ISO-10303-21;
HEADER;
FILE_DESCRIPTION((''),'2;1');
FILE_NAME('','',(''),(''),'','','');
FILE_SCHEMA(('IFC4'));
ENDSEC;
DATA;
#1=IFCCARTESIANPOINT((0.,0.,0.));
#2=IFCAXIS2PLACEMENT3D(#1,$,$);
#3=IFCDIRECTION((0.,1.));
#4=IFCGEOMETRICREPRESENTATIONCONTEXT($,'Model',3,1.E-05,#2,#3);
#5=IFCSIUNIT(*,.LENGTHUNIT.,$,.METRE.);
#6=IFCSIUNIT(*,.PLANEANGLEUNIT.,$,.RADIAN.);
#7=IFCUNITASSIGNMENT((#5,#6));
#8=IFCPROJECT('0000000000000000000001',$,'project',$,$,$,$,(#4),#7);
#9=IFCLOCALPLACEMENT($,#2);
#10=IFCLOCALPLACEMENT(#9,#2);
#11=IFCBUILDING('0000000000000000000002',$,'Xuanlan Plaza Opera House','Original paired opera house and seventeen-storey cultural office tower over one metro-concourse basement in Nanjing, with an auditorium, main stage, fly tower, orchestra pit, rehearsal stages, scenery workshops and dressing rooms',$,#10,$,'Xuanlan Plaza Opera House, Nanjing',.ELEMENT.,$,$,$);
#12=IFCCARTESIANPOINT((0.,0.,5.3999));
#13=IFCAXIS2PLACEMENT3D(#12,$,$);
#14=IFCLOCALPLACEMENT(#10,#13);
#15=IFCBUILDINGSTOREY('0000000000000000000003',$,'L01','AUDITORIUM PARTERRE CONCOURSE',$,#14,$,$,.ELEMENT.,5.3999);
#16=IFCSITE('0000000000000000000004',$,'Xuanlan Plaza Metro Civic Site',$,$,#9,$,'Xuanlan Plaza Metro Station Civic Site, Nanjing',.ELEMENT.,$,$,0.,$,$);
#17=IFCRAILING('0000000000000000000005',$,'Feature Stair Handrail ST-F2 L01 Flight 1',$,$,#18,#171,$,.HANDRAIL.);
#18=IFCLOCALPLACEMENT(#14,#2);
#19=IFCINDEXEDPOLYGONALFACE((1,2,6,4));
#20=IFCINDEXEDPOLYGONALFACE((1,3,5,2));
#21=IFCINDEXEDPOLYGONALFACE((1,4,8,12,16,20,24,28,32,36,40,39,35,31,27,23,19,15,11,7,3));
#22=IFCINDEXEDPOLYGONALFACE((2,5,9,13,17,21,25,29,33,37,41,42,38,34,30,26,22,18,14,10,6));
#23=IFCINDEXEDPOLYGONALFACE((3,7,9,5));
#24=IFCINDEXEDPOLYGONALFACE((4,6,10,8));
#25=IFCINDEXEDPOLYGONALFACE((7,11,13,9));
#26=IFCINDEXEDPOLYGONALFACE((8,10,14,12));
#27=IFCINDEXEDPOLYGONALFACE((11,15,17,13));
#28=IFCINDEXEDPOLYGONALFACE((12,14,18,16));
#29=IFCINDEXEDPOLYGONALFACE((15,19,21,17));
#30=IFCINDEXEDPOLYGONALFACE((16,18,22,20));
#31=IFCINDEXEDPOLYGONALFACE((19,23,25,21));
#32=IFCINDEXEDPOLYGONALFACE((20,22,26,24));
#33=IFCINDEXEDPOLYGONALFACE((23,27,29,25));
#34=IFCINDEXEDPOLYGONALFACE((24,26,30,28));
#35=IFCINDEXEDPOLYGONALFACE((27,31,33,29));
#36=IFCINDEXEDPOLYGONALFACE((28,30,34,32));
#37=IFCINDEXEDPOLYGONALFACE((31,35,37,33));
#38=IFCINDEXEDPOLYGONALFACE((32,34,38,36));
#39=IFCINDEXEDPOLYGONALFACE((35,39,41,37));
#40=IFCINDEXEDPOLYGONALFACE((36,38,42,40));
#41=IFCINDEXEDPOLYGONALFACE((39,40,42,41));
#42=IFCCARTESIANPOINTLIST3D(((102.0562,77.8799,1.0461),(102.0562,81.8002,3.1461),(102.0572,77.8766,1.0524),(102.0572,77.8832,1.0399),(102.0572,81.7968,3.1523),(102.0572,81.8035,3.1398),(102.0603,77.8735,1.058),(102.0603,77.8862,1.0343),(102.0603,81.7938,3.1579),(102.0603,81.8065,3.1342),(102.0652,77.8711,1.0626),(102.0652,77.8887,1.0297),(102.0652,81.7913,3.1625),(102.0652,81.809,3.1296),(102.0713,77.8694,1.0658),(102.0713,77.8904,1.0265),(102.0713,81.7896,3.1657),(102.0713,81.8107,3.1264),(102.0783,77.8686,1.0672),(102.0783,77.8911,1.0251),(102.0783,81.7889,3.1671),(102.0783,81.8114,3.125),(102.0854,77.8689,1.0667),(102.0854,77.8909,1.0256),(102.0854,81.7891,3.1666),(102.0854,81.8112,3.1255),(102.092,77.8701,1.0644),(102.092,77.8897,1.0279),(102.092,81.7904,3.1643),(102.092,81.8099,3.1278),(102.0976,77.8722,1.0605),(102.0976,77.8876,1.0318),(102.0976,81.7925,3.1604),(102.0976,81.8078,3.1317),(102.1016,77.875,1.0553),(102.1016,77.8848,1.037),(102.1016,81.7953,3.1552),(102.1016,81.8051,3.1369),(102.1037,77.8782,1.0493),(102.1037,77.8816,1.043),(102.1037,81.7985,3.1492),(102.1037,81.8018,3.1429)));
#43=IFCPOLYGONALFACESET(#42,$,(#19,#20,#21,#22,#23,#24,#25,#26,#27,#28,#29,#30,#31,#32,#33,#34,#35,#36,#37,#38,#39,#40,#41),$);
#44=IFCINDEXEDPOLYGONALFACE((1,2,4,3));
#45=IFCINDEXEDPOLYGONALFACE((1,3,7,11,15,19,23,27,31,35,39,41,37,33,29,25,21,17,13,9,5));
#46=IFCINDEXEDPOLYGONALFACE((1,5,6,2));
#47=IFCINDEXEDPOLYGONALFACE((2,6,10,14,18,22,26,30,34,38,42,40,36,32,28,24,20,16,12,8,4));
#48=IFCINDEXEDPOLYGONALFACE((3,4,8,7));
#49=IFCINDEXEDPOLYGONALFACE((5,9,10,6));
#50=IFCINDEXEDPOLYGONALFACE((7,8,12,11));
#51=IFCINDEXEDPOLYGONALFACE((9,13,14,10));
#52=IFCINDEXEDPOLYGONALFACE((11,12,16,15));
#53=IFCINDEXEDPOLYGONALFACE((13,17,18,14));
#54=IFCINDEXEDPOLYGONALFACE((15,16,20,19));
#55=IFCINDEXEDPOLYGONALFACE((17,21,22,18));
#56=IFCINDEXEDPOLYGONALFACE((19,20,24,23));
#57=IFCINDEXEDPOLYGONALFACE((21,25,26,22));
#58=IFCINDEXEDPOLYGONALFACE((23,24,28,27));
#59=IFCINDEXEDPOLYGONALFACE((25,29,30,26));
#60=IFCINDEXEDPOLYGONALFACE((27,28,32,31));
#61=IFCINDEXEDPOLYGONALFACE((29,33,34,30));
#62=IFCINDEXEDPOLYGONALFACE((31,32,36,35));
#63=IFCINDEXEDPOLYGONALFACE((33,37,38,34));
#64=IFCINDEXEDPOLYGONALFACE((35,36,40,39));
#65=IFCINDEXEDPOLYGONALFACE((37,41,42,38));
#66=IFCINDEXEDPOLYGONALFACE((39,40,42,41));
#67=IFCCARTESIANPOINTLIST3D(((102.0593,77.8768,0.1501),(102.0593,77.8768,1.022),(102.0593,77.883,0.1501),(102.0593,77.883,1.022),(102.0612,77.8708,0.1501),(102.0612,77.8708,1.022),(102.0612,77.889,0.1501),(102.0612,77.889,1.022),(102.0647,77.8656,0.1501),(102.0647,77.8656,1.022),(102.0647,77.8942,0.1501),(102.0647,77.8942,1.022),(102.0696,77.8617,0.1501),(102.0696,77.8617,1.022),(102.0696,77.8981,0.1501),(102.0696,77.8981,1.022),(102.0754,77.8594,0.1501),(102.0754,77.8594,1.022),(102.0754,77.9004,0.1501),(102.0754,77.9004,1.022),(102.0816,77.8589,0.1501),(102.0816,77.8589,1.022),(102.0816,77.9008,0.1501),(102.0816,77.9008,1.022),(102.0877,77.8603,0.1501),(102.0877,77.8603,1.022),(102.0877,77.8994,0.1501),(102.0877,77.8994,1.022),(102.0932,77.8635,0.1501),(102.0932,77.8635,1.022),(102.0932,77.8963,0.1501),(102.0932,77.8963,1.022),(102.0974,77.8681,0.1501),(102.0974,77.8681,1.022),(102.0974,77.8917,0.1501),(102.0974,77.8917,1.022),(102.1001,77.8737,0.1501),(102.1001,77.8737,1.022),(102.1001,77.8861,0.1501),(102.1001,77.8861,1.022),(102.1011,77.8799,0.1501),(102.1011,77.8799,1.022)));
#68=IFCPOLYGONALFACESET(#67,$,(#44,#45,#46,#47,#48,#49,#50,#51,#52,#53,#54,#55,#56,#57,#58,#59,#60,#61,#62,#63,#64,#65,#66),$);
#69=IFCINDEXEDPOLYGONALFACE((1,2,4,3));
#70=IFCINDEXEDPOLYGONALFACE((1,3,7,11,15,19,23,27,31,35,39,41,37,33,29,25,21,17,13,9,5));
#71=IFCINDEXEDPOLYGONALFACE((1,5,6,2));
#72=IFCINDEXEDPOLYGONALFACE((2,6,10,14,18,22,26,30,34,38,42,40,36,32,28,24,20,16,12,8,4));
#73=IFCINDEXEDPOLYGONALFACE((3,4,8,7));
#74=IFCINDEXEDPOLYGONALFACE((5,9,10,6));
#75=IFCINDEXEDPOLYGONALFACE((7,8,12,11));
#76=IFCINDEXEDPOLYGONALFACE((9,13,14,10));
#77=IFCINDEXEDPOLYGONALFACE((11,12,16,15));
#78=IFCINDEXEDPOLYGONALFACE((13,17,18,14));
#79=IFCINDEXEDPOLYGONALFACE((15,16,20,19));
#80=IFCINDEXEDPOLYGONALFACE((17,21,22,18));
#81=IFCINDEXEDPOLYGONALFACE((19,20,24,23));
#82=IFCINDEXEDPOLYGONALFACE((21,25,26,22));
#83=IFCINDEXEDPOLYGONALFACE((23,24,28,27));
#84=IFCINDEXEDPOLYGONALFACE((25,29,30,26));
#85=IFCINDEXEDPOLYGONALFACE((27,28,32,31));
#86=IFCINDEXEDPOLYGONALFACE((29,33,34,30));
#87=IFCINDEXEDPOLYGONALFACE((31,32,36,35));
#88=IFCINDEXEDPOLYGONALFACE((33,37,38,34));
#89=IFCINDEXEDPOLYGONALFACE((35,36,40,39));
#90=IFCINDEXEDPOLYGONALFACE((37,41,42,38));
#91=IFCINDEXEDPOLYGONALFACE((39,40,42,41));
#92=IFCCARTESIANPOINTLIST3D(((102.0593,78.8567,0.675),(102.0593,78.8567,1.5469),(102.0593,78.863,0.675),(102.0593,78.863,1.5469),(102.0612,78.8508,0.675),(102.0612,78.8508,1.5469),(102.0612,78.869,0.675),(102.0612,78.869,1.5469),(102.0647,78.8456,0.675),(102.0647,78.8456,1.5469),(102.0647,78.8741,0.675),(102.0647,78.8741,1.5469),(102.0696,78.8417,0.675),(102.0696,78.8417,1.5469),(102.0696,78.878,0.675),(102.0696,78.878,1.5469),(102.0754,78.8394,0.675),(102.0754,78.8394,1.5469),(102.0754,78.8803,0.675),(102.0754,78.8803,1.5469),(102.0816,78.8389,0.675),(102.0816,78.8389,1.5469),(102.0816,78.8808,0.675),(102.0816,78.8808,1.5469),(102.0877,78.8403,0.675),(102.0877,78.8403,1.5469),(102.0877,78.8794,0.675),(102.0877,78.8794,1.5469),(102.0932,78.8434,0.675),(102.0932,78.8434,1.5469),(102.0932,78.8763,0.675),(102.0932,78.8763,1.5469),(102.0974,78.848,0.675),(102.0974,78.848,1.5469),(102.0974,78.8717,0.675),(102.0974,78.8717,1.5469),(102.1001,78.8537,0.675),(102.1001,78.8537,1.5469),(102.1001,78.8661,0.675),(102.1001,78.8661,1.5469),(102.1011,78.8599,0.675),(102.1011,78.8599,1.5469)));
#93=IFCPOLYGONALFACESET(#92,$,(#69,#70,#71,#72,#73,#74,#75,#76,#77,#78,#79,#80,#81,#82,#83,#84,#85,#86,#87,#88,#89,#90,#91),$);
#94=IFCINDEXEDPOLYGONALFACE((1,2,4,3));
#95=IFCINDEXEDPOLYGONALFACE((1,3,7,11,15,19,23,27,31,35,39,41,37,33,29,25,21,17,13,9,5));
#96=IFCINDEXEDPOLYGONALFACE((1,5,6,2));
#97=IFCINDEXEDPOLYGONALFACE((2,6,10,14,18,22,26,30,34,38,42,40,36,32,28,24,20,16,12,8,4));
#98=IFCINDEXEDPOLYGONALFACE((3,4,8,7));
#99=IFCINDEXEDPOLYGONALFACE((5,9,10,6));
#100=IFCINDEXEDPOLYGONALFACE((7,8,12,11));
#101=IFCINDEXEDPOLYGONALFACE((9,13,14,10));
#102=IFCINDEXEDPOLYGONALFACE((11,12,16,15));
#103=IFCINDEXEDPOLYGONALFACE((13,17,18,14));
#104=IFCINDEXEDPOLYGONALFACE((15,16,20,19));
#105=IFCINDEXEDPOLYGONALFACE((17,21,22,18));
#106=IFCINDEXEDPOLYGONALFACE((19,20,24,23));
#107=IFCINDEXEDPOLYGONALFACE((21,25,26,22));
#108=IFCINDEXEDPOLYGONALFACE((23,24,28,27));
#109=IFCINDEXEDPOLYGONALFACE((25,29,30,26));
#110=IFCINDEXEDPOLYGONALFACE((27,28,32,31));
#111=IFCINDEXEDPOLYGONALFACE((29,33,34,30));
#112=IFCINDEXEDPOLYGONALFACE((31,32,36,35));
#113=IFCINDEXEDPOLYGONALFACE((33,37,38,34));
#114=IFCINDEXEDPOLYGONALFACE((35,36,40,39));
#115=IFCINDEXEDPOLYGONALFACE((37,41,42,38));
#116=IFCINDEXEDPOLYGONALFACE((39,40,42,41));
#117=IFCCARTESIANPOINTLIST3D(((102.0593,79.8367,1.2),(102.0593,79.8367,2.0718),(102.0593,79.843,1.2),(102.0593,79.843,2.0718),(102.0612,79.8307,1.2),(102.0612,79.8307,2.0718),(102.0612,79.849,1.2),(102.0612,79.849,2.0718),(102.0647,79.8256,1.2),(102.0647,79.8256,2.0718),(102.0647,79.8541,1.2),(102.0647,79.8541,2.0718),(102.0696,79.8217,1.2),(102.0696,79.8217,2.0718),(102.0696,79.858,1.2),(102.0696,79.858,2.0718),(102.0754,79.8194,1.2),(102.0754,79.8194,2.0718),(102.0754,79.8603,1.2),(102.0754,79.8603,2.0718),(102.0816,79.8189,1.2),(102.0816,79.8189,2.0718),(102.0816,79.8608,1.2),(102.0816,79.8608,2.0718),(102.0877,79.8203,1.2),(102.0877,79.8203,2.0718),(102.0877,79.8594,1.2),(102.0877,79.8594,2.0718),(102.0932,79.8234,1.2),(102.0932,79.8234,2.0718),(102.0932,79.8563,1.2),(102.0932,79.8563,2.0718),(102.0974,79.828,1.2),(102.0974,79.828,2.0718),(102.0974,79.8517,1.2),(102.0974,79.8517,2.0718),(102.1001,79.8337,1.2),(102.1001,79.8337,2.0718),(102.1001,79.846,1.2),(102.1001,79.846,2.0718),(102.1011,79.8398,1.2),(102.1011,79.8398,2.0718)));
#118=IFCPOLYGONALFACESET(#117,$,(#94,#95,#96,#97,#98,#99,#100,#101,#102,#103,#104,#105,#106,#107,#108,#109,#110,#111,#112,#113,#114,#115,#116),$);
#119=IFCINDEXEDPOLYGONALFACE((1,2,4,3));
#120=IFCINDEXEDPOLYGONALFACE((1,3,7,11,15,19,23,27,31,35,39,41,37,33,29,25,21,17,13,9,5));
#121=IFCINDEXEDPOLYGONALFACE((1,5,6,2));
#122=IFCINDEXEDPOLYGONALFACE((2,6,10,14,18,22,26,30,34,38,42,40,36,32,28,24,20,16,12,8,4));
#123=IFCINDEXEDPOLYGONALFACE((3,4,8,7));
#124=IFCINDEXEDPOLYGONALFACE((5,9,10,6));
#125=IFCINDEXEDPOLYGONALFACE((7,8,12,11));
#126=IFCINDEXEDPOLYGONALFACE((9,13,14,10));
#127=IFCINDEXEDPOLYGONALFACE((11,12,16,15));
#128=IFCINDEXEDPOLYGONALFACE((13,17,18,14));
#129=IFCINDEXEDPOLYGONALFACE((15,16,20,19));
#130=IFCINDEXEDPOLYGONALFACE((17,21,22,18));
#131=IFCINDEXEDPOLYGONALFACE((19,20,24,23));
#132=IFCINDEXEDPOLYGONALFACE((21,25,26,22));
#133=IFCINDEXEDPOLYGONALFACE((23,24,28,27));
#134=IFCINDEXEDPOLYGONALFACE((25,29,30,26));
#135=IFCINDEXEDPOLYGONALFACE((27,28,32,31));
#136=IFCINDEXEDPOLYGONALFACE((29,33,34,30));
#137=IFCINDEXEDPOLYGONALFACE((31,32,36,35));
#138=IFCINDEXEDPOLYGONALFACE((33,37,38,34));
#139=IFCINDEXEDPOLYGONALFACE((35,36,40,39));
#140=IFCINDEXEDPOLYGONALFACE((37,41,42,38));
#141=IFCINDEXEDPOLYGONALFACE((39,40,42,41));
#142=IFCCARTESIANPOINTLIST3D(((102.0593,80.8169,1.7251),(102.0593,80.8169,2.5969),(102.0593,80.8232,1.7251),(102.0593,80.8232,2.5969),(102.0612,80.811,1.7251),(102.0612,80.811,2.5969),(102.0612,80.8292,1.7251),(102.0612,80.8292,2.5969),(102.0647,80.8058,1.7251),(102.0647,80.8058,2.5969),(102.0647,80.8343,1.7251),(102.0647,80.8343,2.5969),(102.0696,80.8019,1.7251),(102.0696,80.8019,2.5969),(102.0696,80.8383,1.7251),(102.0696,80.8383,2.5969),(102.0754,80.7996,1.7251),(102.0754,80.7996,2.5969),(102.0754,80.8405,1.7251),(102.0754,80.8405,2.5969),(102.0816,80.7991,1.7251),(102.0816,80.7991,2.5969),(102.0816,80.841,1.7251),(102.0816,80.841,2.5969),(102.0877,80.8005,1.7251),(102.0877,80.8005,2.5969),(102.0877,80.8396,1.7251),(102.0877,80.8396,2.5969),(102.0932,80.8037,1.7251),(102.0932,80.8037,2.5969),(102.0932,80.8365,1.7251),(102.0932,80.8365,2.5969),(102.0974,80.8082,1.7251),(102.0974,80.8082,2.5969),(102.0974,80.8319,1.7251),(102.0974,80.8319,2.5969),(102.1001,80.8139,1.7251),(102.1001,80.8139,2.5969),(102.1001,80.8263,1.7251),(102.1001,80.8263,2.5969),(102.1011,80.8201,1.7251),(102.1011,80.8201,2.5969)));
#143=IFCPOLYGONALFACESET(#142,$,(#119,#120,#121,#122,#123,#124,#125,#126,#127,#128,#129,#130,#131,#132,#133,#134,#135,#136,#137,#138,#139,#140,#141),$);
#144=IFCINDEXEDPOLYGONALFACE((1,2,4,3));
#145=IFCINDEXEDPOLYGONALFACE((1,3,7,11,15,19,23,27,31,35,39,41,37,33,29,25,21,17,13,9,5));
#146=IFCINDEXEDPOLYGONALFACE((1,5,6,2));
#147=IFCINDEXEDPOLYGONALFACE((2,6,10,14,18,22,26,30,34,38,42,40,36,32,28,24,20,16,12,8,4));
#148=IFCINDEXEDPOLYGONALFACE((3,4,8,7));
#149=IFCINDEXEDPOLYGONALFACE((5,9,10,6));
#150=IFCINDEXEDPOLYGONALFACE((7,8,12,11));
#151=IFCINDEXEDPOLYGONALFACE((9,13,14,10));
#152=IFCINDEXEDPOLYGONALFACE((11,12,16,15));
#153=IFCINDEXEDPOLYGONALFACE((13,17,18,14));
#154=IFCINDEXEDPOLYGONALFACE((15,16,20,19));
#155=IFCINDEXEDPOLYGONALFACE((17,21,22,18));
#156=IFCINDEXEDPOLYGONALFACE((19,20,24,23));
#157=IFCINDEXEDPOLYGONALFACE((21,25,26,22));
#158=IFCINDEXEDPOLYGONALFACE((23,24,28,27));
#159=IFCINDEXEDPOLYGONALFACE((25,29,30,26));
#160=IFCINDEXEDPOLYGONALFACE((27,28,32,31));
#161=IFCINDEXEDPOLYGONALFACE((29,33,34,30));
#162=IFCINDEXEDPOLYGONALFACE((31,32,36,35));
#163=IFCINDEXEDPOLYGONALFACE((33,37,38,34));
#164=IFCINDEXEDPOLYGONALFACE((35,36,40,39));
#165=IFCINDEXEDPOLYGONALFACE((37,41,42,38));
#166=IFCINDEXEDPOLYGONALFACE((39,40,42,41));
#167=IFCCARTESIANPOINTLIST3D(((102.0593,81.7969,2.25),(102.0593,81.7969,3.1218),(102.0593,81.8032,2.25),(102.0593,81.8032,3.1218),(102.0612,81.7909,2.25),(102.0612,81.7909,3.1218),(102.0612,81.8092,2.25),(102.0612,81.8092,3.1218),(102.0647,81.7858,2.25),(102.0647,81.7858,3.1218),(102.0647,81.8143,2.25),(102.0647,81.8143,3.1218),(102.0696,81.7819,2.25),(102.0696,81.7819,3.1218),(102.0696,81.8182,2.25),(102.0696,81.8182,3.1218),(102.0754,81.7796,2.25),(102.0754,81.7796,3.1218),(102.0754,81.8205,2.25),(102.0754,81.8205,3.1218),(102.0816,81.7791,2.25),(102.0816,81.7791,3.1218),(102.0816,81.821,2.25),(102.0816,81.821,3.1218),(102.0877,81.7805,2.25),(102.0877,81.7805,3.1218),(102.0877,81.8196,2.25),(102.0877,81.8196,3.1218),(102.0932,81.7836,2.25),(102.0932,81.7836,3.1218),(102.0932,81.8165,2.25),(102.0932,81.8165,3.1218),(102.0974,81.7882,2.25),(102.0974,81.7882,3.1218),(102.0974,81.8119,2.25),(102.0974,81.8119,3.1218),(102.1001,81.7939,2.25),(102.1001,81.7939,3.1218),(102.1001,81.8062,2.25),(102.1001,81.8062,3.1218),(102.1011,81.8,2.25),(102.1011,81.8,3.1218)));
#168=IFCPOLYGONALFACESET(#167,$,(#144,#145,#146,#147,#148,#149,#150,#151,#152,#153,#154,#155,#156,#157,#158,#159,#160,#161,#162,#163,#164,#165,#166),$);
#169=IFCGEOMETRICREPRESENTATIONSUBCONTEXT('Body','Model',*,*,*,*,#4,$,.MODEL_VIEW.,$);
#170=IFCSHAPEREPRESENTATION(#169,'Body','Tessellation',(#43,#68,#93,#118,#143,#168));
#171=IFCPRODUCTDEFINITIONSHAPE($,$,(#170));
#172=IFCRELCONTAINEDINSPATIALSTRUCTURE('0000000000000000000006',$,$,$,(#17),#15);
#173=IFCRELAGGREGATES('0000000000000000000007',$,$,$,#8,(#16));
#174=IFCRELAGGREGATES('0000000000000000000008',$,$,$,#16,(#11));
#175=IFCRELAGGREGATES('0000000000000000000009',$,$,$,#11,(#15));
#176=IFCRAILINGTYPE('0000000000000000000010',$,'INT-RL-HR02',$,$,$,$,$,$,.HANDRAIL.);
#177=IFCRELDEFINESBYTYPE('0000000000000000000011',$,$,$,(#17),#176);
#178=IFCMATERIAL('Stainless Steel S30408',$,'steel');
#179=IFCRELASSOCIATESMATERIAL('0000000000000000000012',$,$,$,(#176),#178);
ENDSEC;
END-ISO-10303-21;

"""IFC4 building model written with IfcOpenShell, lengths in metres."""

from ifc_helpers import new_model, si_unit, direction, frame, origin, origin_2d, place, context, subcontext, project, spatial, circle, extrude, material, type_object, element, save


model = new_model("IFC4")

# Units and contexts
model_context = context("Model", 3, precision=1e-05, world=origin(), true_north=direction((0.0, 1.0)))
body_context = subcontext(model_context, "Body", "Model", "MODEL_VIEW")
ifc_project = project(units=[si_unit("LENGTHUNIT", "METRE"), si_unit("PLANEANGLEUNIT", "RADIAN")], contexts=[model_context])

# Site, building, storey
site_placement = place(None, origin())
site = spatial("IfcSite", under=ifc_project, at=site_placement, Name="Xuanlan Plaza Metro Civic Site", LongName="Xuanlan Plaza Metro Station Civic Site, Nanjing", CompositionType="ELEMENT", RefElevation=0.0)
building_placement = place(site_placement, origin())
building = spatial("IfcBuilding", under=site, at=building_placement, Name="Xuanlan Plaza Opera House", Description="Original paired opera house and seventeen-storey cultural office tower over one metro-concourse basement in Nanjing, with an auditorium, main stage, fly tower, orchestra pit, rehearsal stages, scenery workshops and dressing rooms", LongName="Xuanlan Plaza Opera House, Nanjing", CompositionType="ELEMENT")
storey_placement = place(building_placement, frame((0.0, 0.0, 5.3999)))
storey = spatial("IfcBuildingStorey", under=building, at=storey_placement, Name="L01", Description="AUDITORIUM PARTERRE CONCOURSE", CompositionType="ELEMENT", Elevation=5.3999)

# Railing
ifc_material_1 = material(Name="Stainless Steel S30408", Category="steel")
railing_type = type_object("IfcRailingType", Name="INT-RL-HR02", PredefinedType="HANDRAIL", material=ifc_material_1)
railing_placement = place(storey_placement, frame((102.0801, 77.8799, 0.1501)))
element("IfcRailing", 1, at=railing_placement, inside=storey, type_object=railing_type, Name="Feature Stair Handrail ST-F2 L01 Flight 1", PredefinedType="HANDRAIL", context=body_context, shape_type="SweptSolid", body=[
    extrude(circle(Radius=0.0239, at=origin_2d()), frame((0.0, 0.0, 0.896), z_axis=(0.0, 0.881502, 0.47218), x_axis=(-1.0, 0.0, 0.0)), (0.0, 0.0, 1.0), 4.4473),
    extrude(circle(Radius=0.021, at=origin_2d()), origin(), (0.0, 0.0, 1.0), 0.8718),
    extrude(circle(Radius=0.021, at=origin_2d()), frame((0.0, 0.98, 0.5249)), (0.0, 0.0, 1.0), 0.8718),
    extrude(circle(Radius=0.021, at=origin_2d()), frame((0.0, 1.96, 1.0498)), (0.0, 0.0, 1.0), 0.8718),
    extrude(circle(Radius=0.021, at=origin_2d()), frame((0.0, 2.9402, 1.575)), (0.0, 0.0, 1.0), 0.8718),
    extrude(circle(Radius=0.021, at=origin_2d()), frame((0.0, 3.9202, 2.0999)), (0.0, 0.0, 1.0), 0.8718),
])

save(model, "model.ifc")
